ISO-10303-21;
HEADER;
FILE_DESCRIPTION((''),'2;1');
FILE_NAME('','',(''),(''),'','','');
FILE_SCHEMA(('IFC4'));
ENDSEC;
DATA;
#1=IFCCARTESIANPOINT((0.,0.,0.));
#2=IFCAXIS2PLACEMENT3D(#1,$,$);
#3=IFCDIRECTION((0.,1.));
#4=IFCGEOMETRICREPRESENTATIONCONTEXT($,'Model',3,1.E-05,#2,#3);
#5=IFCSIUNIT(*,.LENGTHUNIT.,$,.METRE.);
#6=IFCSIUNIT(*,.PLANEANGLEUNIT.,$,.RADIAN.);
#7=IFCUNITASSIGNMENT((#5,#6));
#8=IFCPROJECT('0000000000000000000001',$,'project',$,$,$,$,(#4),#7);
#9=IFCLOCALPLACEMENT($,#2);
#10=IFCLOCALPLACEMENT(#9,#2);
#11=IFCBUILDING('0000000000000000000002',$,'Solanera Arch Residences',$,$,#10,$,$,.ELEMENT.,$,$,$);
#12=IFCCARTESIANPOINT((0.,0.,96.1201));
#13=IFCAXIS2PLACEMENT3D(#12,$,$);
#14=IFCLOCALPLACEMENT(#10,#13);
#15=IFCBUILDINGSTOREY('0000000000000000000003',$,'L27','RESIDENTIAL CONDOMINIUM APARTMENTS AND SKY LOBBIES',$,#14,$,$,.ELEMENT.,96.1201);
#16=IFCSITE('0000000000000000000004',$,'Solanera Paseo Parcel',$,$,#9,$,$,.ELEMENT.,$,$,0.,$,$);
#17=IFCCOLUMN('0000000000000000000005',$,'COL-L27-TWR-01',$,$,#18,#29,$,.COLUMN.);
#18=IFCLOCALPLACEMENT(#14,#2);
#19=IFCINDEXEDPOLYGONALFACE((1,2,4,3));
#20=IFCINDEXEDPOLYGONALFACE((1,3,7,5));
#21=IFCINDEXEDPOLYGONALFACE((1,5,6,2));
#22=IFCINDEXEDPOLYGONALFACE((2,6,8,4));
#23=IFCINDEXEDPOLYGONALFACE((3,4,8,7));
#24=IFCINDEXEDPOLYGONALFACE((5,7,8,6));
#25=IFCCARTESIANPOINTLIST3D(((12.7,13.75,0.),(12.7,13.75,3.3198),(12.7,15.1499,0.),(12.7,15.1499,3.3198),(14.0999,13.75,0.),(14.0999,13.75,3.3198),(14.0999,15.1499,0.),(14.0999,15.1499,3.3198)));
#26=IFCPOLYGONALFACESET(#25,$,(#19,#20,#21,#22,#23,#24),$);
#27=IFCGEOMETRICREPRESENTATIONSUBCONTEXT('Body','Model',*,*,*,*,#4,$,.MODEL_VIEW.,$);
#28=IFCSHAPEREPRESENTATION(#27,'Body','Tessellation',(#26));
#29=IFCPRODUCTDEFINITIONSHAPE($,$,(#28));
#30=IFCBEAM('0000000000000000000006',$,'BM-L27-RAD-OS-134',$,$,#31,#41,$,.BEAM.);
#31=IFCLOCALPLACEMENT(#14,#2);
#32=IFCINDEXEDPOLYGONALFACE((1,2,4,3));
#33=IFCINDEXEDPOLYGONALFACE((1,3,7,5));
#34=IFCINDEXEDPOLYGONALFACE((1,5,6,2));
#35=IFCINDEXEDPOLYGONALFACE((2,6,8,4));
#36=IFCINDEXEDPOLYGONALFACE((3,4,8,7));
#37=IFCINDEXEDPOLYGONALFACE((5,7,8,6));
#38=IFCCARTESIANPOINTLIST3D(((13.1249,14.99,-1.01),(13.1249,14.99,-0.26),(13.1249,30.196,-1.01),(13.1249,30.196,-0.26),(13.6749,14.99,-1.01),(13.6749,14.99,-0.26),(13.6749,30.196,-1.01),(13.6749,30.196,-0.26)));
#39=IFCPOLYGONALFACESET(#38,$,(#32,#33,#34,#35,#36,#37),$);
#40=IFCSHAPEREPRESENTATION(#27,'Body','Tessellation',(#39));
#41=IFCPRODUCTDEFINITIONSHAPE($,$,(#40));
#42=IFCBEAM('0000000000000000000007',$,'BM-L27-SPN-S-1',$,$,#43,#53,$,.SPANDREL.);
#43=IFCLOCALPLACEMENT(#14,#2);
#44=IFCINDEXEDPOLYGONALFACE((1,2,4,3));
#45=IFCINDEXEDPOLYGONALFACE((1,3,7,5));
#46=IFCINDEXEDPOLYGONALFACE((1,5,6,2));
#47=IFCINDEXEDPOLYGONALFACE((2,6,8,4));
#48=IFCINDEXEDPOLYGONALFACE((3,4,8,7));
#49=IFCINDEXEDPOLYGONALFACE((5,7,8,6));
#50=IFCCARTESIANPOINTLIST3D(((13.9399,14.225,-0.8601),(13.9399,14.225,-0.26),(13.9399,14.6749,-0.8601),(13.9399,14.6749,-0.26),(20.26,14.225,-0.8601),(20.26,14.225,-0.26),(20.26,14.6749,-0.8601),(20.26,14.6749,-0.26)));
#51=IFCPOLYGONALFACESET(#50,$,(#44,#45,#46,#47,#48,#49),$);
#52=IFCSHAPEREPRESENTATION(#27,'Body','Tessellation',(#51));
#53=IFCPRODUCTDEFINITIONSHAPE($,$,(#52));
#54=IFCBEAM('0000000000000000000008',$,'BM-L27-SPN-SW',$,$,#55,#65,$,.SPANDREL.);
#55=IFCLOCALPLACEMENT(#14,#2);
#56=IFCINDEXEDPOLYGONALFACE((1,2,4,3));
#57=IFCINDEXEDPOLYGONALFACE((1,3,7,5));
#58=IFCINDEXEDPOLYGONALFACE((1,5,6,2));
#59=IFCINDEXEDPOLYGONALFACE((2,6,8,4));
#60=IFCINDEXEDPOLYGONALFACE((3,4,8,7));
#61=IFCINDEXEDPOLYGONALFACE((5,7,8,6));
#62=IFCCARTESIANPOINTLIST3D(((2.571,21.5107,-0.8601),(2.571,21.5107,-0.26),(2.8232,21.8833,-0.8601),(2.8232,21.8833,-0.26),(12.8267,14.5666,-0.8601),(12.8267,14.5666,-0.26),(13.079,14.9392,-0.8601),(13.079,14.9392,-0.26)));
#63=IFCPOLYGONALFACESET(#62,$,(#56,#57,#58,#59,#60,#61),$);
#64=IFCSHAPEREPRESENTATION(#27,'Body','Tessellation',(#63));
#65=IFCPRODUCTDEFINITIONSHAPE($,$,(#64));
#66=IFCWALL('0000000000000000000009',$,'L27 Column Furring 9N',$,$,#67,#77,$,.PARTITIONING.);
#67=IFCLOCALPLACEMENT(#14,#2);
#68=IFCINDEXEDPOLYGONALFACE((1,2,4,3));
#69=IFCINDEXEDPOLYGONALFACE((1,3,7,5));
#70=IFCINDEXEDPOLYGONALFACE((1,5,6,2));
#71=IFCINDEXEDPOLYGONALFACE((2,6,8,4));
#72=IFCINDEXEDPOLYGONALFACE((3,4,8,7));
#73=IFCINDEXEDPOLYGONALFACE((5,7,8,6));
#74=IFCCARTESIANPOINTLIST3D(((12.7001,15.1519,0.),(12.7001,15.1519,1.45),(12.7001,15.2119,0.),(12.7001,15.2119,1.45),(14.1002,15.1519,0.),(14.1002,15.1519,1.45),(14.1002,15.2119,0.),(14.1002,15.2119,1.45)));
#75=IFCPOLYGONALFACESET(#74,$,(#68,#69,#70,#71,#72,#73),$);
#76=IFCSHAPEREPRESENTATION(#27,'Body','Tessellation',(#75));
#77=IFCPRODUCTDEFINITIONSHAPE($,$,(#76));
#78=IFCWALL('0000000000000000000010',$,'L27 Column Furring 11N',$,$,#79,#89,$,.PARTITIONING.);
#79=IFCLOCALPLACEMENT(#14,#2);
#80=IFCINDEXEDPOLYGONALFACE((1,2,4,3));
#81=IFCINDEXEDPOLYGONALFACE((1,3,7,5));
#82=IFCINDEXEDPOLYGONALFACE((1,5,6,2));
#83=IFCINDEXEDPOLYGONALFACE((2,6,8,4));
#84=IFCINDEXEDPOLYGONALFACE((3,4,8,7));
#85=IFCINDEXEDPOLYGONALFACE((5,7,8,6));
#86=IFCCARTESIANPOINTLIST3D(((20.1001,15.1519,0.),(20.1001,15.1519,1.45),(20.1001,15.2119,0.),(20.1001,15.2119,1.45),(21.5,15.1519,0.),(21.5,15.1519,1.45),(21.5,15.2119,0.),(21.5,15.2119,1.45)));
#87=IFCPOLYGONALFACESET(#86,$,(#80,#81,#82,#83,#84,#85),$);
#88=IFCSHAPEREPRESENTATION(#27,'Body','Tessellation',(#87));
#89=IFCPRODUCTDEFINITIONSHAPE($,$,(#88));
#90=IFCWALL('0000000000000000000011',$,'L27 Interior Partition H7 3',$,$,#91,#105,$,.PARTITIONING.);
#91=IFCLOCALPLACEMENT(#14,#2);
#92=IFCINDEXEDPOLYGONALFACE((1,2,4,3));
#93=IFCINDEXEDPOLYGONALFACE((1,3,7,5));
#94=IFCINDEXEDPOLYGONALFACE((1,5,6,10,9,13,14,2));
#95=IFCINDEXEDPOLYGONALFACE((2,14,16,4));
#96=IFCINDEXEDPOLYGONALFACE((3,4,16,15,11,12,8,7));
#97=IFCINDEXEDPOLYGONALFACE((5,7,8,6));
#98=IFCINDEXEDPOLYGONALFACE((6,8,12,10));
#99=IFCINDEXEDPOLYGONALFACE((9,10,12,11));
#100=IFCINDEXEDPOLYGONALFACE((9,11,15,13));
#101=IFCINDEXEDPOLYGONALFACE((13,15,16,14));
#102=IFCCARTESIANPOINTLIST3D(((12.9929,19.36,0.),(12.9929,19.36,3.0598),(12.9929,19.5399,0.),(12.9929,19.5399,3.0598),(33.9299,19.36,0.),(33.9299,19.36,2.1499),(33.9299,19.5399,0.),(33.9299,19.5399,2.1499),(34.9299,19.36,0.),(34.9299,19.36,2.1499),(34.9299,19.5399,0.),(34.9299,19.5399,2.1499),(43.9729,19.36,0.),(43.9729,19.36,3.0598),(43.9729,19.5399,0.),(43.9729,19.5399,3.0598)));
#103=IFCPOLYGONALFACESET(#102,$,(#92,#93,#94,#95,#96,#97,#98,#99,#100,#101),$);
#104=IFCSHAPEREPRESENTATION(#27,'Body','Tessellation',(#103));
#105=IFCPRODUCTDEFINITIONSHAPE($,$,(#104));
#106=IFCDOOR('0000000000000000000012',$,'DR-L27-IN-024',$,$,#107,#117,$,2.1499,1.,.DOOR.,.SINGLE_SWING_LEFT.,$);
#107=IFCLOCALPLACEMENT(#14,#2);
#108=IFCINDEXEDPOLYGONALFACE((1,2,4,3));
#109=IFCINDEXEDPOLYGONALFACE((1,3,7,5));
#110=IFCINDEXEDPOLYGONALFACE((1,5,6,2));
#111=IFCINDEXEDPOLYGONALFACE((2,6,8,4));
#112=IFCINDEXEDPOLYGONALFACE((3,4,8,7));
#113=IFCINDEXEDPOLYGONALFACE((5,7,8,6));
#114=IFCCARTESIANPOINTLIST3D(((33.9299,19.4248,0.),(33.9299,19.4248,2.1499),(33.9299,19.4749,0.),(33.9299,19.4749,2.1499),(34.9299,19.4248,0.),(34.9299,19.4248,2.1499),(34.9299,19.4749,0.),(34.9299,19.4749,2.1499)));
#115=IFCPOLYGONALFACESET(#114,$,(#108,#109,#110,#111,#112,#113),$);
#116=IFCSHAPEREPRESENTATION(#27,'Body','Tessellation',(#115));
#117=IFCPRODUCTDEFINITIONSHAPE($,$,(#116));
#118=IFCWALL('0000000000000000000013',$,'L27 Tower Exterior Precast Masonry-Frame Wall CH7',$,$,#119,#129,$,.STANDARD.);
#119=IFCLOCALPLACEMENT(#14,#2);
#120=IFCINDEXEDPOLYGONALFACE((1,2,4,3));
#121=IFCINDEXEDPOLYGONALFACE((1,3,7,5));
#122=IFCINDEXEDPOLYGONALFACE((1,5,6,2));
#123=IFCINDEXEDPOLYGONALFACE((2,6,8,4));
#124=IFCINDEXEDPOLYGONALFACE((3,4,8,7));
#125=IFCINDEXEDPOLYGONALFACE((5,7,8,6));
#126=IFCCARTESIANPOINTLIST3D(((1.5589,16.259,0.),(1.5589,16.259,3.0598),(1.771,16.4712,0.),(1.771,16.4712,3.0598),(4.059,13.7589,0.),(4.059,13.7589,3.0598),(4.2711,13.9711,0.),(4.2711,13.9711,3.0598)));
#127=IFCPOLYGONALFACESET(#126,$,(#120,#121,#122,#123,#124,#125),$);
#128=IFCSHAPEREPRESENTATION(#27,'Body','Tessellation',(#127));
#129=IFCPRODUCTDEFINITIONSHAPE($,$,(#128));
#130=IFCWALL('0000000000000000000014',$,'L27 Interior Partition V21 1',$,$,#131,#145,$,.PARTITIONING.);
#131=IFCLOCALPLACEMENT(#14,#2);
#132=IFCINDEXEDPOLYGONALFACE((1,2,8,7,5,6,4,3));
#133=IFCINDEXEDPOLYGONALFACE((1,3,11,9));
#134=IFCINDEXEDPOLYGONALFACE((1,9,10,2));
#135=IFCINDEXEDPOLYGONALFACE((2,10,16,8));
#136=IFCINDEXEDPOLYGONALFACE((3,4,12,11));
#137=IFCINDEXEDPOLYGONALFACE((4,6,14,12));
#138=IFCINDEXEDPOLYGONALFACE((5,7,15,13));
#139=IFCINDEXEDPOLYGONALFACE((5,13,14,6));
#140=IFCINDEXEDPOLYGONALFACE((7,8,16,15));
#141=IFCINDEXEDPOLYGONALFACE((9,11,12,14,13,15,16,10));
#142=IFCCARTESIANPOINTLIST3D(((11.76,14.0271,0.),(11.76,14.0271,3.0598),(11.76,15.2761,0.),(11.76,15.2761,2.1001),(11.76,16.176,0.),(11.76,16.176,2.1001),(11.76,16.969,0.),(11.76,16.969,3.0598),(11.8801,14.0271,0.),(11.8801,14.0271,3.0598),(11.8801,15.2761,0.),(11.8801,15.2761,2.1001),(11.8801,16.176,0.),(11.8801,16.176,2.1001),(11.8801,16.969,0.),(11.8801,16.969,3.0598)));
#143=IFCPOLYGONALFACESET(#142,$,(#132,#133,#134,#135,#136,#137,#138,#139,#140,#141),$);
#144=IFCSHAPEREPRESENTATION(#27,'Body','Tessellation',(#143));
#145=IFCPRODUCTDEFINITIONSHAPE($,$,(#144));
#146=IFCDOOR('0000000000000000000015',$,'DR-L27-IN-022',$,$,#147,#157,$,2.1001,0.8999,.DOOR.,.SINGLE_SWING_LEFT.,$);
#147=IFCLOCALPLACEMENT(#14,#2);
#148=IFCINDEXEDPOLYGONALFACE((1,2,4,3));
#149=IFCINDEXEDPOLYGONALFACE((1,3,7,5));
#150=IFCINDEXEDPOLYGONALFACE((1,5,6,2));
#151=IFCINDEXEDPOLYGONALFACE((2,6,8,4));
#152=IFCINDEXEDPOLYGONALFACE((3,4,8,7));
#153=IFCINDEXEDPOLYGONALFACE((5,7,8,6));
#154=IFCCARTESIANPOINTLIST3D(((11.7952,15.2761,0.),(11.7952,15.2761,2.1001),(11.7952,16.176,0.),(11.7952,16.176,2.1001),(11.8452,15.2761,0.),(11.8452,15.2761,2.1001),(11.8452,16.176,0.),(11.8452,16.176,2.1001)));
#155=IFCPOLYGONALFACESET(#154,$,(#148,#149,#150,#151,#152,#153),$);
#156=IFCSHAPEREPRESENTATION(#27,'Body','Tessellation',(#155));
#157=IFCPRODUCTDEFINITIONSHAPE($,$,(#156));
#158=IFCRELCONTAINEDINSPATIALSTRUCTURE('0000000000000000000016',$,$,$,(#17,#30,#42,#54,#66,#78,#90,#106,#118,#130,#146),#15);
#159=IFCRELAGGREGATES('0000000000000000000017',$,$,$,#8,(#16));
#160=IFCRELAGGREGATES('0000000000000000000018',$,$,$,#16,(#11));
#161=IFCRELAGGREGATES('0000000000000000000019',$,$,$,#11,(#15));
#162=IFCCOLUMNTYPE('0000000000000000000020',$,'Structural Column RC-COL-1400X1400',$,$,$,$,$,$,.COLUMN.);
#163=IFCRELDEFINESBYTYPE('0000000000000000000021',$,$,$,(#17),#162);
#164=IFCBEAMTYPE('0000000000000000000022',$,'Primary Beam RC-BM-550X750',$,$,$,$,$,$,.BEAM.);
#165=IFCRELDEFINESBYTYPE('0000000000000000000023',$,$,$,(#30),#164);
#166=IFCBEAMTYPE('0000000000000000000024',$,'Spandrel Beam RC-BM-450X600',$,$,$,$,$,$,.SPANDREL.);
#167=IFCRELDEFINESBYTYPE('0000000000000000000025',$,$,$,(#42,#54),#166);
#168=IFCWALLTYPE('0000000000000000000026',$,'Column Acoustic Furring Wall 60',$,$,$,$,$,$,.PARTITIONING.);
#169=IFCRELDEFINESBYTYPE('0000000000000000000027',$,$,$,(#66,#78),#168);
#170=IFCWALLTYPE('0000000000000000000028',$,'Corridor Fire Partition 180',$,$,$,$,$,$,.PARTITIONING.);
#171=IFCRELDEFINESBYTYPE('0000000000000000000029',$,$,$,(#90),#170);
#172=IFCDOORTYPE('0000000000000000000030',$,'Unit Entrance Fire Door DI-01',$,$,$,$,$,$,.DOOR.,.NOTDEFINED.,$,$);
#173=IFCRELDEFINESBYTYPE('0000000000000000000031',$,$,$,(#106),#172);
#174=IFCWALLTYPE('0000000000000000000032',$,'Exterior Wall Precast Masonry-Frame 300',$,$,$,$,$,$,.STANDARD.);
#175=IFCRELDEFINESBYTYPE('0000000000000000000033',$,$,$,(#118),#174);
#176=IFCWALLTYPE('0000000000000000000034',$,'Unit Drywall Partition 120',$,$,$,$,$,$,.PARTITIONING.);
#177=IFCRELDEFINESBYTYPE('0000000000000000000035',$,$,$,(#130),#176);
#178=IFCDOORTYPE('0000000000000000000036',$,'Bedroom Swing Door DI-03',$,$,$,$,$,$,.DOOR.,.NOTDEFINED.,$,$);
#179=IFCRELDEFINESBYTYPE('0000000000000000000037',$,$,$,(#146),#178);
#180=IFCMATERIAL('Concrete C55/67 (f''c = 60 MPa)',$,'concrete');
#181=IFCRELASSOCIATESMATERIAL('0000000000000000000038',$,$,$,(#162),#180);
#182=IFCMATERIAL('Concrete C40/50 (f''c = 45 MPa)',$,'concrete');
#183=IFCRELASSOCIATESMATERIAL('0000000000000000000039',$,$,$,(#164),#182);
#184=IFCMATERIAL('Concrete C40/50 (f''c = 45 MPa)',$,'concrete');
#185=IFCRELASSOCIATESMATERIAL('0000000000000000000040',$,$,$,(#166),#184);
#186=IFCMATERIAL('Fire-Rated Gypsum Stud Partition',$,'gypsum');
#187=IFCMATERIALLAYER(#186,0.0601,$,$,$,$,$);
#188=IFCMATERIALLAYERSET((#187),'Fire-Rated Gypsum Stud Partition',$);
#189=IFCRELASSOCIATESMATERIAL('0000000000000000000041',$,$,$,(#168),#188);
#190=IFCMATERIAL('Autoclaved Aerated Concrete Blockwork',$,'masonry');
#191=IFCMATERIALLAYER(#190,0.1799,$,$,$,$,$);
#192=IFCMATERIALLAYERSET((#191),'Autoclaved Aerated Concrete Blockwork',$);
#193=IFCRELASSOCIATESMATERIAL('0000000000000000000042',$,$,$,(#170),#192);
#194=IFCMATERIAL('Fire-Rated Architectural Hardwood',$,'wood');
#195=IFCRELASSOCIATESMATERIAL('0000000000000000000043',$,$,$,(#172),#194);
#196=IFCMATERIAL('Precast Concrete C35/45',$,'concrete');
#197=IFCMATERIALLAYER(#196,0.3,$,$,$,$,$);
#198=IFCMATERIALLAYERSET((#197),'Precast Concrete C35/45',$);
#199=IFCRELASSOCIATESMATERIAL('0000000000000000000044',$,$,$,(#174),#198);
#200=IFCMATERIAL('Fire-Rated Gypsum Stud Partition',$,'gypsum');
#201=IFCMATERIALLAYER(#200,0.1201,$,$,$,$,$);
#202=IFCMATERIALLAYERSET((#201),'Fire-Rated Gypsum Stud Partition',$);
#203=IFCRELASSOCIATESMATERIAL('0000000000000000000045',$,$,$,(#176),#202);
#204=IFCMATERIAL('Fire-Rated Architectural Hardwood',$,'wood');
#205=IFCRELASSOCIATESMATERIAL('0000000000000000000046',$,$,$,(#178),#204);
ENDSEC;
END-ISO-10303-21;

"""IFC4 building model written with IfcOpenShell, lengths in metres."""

from ifc_helpers import new_model, si_unit, direction, frame, frame_2d, origin, origin_2d, place, context, subcontext, project, spatial, rectangle, extrude, material, layer, layer_set, material_profile, profile_set, type_object, element, fill, save


model = new_model("IFC4")

# Units and contexts
model_context = context("Model", 3, precision=1e-05, world=origin(), true_north=direction((0.0, 1.0)))
body_context = subcontext(model_context, "Body", "Model", "MODEL_VIEW")
ifc_project = project(units=[si_unit("LENGTHUNIT", "METRE"), si_unit("PLANEANGLEUNIT", "RADIAN")], contexts=[model_context])

# Site, building, storey
site_placement = place(None, origin())
site = spatial("IfcSite", under=ifc_project, at=site_placement, Name="Solanera Paseo Parcel", CompositionType="ELEMENT", RefElevation=0.0)
building_placement = place(site_placement, origin())
building = spatial("IfcBuilding", under=site, at=building_placement, Name="Solanera Arch Residences", CompositionType="ELEMENT")
storey_placement = place(building_placement, frame((0.0, 0.0, 96.1201)))
storey = spatial("IfcBuildingStorey", under=building, at=storey_placement, Name="L27", Description="RESIDENTIAL CONDOMINIUM APARTMENTS AND SKY LOBBIES", CompositionType="ELEMENT", Elevation=96.1201)

# Column
ifc_material_1 = material(Name="Concrete C55/67 (f'c = 60 MPa)", Category="concrete")
ifc_material_profile_1 = material_profile(ifc_material_1, rectangle(XDim=1.3999, YDim=1.3999, at=origin_2d()))
ifc_profile_set_1 = profile_set([ifc_material_profile_1], Name="Concrete C55/67 (f'c = 60 MPa)")
column_type = type_object("IfcColumnType", Name="Structural Column RC-COL-1400X1400", PredefinedType="COLUMN", material=ifc_profile_set_1)
column_placement = place(storey_placement, frame((13.3999, 14.45, 0.0), z_axis=(0.0, 0.0, 1.0), x_axis=(1.0, 0.0, 0.0)))
element("IfcColumn", 1, at=column_placement, inside=storey, type_object=column_type, Name="COL-L27-TWR-01", PredefinedType="COLUMN", context=body_context, shape_type="SweptSolid", body=[
    extrude(rectangle(XDim=1.3999, YDim=1.3999, at=origin_2d()), origin(), (0.0, 0.0, 1.0), 3.3198),
])

# Beams
ifc_material_2 = material(Name="Concrete C40/50 (f'c = 45 MPa)", Category="concrete")
ifc_material_profile_2 = material_profile(ifc_material_2, rectangle(XDim=0.55, YDim=0.75, at=origin_2d()))
ifc_profile_set_2 = profile_set([ifc_material_profile_2], Name="Concrete C40/50 (f'c = 45 MPa)")
beam_type_1 = type_object("IfcBeamType", Name="Primary Beam RC-BM-550X750", PredefinedType="BEAM", material=ifc_profile_set_2)
beam_1_placement = place(storey_placement, frame((13.3999, 14.99, -0.635), z_axis=(0.0, 1.0, 0.0), x_axis=(-1.0, 0.0, 0.0)))
element("IfcBeam", 2, at=beam_1_placement, inside=storey, type_object=beam_type_1, Name="BM-L27-RAD-OS-134", PredefinedType="BEAM", context=body_context, shape_type="SweptSolid", body=[
    extrude(rectangle(XDim=0.55, YDim=0.75, at=origin_2d()), origin(), (0.0, 0.0, 1.0), 15.2061),
])
ifc_material_3 = material(Name="Concrete C40/50 (f'c = 45 MPa)", Category="concrete")
ifc_material_profile_3 = material_profile(ifc_material_3, rectangle(XDim=0.45, YDim=0.6001, at=origin_2d()))
ifc_profile_set_3 = profile_set([ifc_material_profile_3], Name="Concrete C40/50 (f'c = 45 MPa)")
beam_type_2 = type_object("IfcBeamType", Name="Spandrel Beam RC-BM-450X600", PredefinedType="SPANDREL", material=ifc_profile_set_3)
beam_2_placement = place(storey_placement, frame((13.9399, 14.45, -0.5601), z_axis=(1.0, 0.0, 0.0), x_axis=(0.0, 1.0, 0.0)))
element("IfcBeam", 3, at=beam_2_placement, inside=storey, type_object=beam_type_2, Name="BM-L27-SPN-S-1", PredefinedType="SPANDREL", context=body_context, shape_type="SweptSolid", body=[
    extrude(rectangle(XDim=0.45, YDim=0.6001, at=origin_2d()), origin(), (0.0, 0.0, 1.0), 6.3201),
])
beam_3_placement = place(storey_placement, frame((12.9529, 14.7529, -0.5601), z_axis=(-0.828047, 0.560659, 0.0), x_axis=(-0.560659, -0.828047, 0.0)))
element("IfcBeam", 4, at=beam_3_placement, inside=storey, type_object=beam_type_2, Name="BM-L27-SPN-SW", PredefinedType="SPANDREL", context=body_context, shape_type="SweptSolid", body=[
    extrude(rectangle(XDim=0.45, YDim=0.6001, at=origin_2d()), origin(), (0.0, 0.0, 1.0), 12.3855),
])

# Walls
ifc_material_4 = material(Name="Fire-Rated Gypsum Stud Partition", Category="gypsum")
ifc_layer_1 = layer(ifc_material_4, 0.0601)
ifc_layer_set_1 = layer_set([ifc_layer_1], Name="Fire-Rated Gypsum Stud Partition")
wall_type_1 = type_object("IfcWallType", Name="Column Acoustic Furring Wall 60", PredefinedType="PARTITIONING", material=ifc_layer_set_1)
wall_1_placement = place(storey_placement, frame((12.7, 15.1819, 0.0), z_axis=(0.0, 0.0, 1.0), x_axis=(1.0, 0.0, 0.0)))
element("IfcWall", 5, at=wall_1_placement, inside=storey, type_object=wall_type_1, Name="L27 Column Furring 9N", PredefinedType="PARTITIONING", context=body_context, shape_type="SweptSolid", body=[
    extrude(rectangle(XDim=1.4001, YDim=0.0601, at=frame_2d((0.7002, 0.0))), origin(), (0.0, 0.0, 1.0), 1.45),
])
wall_2_placement = place(storey_placement, frame((20.1001, 15.1819, 0.0), z_axis=(0.0, 0.0, 1.0), x_axis=(1.0, 0.0, 0.0)))
element("IfcWall", 6, at=wall_2_placement, inside=storey, type_object=wall_type_1, Name="L27 Column Furring 11N", PredefinedType="PARTITIONING", context=body_context, shape_type="SweptSolid", body=[
    extrude(rectangle(XDim=1.3999, YDim=0.0601, at=frame_2d((0.7, 0.0))), origin(), (0.0, 0.0, 1.0), 1.45),
])

# Wall, opening, door
ifc_material_5 = material(Name="Autoclaved Aerated Concrete Blockwork", Category="masonry")
ifc_layer_2 = layer(ifc_material_5, 0.1799)
ifc_layer_set_2 = layer_set([ifc_layer_2], Name="Autoclaved Aerated Concrete Blockwork")
wall_type_2 = type_object("IfcWallType", Name="Corridor Fire Partition 180", PredefinedType="PARTITIONING", material=ifc_layer_set_2)
wall_3_placement = place(storey_placement, frame((12.9929, 19.45, 0.0), z_axis=(0.0, 0.0, 1.0), x_axis=(1.0, 0.0, 0.0)))
wall_3 = element("IfcWall", 7, at=wall_3_placement, inside=storey, type_object=wall_type_2, Name="L27 Interior Partition H7 3", PredefinedType="PARTITIONING", context=body_context, shape_type="SweptSolid", body=[
    extrude(rectangle(XDim=30.98, YDim=0.1799, at=frame_2d((15.49, 0.0))), origin(), (0.0, 0.0, 1.0), 3.0598),
])
opening_1_placement = place(wall_3_placement, frame((20.937, 0.0, 0.0)))
opening_1 = element("IfcOpeningElement", 8, at=opening_1_placement, cuts=wall_3, PredefinedType="OPENING", context=body_context, shape_type="SweptSolid", body=[
    extrude(rectangle(XDim=1.0, YDim=2.1499, at=frame_2d((0.5, 1.075))), frame((0.0, 0.1001, 0.0), z_axis=(0.0, -1.0, 0.0), x_axis=(1.0, 0.0, 0.0)), (0.0, 0.0, 1.0), 0.1999),
])
ifc_material_6 = material(Name="Fire-Rated Architectural Hardwood", Category="wood")
door_type_1 = type_object("IfcDoorType", Name="Unit Entrance Fire Door DI-01", OperationType="NOTDEFINED", PredefinedType="DOOR", material=ifc_material_6)
door_1_placement = place(opening_1_placement, origin())
door_1 = element("IfcDoor", 9, at=door_1_placement, inside=storey, type_object=door_type_1, Name="DR-L27-IN-024", OperationType="SINGLE_SWING_LEFT", OverallHeight=2.1499, OverallWidth=1.0, PredefinedType="DOOR", context=body_context, shape_type="SweptSolid", body=[
    extrude(rectangle(XDim=1.0, YDim=2.1499, at=frame_2d((0.5, 1.075))), frame((0.0, 0.0249, 0.0), z_axis=(0.0, -1.0, 0.0), x_axis=(1.0, 0.0, 0.0)), (0.0, 0.0, 1.0), 0.05),
])
fill(opening_1, door_1)

# Wall
ifc_material_7 = material(Name="Precast Concrete C35/45", Category="concrete")
ifc_layer_3 = layer(ifc_material_7, 0.3)
ifc_layer_set_3 = layer_set([ifc_layer_3], Name="Precast Concrete C35/45")
wall_type_3 = type_object("IfcWallType", Name="Exterior Wall Precast Masonry-Frame 300", PredefinedType="STANDARD", material=ifc_layer_set_3)
wall_4_placement = place(storey_placement, frame((4.165, 13.865, 0.0), z_axis=(0.0, 0.0, 1.0), x_axis=(-0.707107, 0.707107, 0.0)))
element("IfcWall", 10, at=wall_4_placement, inside=storey, type_object=wall_type_3, Name="L27 Tower Exterior Precast Masonry-Frame Wall CH7", PredefinedType="STANDARD", context=body_context, shape_type="SweptSolid", body=[
    extrude(rectangle(XDim=3.5356, YDim=0.3, at=frame_2d((1.7678, 0.0))), origin(), (0.0, 0.0, 1.0), 3.0598),
])

# Wall, opening, door
ifc_material_8 = material(Name="Fire-Rated Gypsum Stud Partition", Category="gypsum")
ifc_layer_4 = layer(ifc_material_8, 0.1201)
ifc_layer_set_4 = layer_set([ifc_layer_4], Name="Fire-Rated Gypsum Stud Partition")
wall_type_4 = type_object("IfcWallType", Name="Unit Drywall Partition 120", PredefinedType="PARTITIONING", material=ifc_layer_set_4)
wall_5_placement = place(storey_placement, frame((11.8201, 14.0271, 0.0), z_axis=(0.0, 0.0, 1.0), x_axis=(0.0, 1.0, 0.0)))
wall_5 = element("IfcWall", 11, at=wall_5_placement, inside=storey, type_object=wall_type_4, Name="L27 Interior Partition V21 1", PredefinedType="PARTITIONING", context=body_context, shape_type="SweptSolid", body=[
    extrude(rectangle(XDim=2.9419, YDim=0.1201, at=frame_2d((1.4709, 0.0))), origin(), (0.0, 0.0, 1.0), 3.0598),
])
opening_2_placement = place(wall_5_placement, frame((1.249, 0.0, 0.0)))
opening_2 = element("IfcOpeningElement", 12, at=opening_2_placement, cuts=wall_5, PredefinedType="OPENING", context=body_context, shape_type="SweptSolid", body=[
    extrude(rectangle(XDim=0.8999, YDim=2.1001, at=frame_2d((0.45, 1.05))), frame((0.0, 0.0701, 0.0), z_axis=(0.0, -1.0, 0.0), x_axis=(1.0, 0.0, 0.0)), (0.0, 0.0, 1.0), 0.1401),
])
ifc_material_9 = material(Name="Fire-Rated Architectural Hardwood", Category="wood")
door_type_2 = type_object("IfcDoorType", Name="Bedroom Swing Door DI-03", OperationType="NOTDEFINED", PredefinedType="DOOR", material=ifc_material_9)
door_2_placement = place(opening_2_placement, origin())
door_2 = element("IfcDoor", 13, at=door_2_placement, inside=storey, type_object=door_type_2, Name="DR-L27-IN-022", OperationType="SINGLE_SWING_LEFT", OverallHeight=2.1001, OverallWidth=0.8999, PredefinedType="DOOR", context=body_context, shape_type="SweptSolid", body=[
    extrude(rectangle(XDim=0.8999, YDim=2.1001, at=frame_2d((0.45, 1.05))), frame((0.0, 0.0249, 0.0), z_axis=(0.0, -1.0, 0.0), x_axis=(1.0, 0.0, 0.0)), (0.0, 0.0, 1.0), 0.05),
])
fill(opening_2, door_2)

save(model, "model.ifc")
